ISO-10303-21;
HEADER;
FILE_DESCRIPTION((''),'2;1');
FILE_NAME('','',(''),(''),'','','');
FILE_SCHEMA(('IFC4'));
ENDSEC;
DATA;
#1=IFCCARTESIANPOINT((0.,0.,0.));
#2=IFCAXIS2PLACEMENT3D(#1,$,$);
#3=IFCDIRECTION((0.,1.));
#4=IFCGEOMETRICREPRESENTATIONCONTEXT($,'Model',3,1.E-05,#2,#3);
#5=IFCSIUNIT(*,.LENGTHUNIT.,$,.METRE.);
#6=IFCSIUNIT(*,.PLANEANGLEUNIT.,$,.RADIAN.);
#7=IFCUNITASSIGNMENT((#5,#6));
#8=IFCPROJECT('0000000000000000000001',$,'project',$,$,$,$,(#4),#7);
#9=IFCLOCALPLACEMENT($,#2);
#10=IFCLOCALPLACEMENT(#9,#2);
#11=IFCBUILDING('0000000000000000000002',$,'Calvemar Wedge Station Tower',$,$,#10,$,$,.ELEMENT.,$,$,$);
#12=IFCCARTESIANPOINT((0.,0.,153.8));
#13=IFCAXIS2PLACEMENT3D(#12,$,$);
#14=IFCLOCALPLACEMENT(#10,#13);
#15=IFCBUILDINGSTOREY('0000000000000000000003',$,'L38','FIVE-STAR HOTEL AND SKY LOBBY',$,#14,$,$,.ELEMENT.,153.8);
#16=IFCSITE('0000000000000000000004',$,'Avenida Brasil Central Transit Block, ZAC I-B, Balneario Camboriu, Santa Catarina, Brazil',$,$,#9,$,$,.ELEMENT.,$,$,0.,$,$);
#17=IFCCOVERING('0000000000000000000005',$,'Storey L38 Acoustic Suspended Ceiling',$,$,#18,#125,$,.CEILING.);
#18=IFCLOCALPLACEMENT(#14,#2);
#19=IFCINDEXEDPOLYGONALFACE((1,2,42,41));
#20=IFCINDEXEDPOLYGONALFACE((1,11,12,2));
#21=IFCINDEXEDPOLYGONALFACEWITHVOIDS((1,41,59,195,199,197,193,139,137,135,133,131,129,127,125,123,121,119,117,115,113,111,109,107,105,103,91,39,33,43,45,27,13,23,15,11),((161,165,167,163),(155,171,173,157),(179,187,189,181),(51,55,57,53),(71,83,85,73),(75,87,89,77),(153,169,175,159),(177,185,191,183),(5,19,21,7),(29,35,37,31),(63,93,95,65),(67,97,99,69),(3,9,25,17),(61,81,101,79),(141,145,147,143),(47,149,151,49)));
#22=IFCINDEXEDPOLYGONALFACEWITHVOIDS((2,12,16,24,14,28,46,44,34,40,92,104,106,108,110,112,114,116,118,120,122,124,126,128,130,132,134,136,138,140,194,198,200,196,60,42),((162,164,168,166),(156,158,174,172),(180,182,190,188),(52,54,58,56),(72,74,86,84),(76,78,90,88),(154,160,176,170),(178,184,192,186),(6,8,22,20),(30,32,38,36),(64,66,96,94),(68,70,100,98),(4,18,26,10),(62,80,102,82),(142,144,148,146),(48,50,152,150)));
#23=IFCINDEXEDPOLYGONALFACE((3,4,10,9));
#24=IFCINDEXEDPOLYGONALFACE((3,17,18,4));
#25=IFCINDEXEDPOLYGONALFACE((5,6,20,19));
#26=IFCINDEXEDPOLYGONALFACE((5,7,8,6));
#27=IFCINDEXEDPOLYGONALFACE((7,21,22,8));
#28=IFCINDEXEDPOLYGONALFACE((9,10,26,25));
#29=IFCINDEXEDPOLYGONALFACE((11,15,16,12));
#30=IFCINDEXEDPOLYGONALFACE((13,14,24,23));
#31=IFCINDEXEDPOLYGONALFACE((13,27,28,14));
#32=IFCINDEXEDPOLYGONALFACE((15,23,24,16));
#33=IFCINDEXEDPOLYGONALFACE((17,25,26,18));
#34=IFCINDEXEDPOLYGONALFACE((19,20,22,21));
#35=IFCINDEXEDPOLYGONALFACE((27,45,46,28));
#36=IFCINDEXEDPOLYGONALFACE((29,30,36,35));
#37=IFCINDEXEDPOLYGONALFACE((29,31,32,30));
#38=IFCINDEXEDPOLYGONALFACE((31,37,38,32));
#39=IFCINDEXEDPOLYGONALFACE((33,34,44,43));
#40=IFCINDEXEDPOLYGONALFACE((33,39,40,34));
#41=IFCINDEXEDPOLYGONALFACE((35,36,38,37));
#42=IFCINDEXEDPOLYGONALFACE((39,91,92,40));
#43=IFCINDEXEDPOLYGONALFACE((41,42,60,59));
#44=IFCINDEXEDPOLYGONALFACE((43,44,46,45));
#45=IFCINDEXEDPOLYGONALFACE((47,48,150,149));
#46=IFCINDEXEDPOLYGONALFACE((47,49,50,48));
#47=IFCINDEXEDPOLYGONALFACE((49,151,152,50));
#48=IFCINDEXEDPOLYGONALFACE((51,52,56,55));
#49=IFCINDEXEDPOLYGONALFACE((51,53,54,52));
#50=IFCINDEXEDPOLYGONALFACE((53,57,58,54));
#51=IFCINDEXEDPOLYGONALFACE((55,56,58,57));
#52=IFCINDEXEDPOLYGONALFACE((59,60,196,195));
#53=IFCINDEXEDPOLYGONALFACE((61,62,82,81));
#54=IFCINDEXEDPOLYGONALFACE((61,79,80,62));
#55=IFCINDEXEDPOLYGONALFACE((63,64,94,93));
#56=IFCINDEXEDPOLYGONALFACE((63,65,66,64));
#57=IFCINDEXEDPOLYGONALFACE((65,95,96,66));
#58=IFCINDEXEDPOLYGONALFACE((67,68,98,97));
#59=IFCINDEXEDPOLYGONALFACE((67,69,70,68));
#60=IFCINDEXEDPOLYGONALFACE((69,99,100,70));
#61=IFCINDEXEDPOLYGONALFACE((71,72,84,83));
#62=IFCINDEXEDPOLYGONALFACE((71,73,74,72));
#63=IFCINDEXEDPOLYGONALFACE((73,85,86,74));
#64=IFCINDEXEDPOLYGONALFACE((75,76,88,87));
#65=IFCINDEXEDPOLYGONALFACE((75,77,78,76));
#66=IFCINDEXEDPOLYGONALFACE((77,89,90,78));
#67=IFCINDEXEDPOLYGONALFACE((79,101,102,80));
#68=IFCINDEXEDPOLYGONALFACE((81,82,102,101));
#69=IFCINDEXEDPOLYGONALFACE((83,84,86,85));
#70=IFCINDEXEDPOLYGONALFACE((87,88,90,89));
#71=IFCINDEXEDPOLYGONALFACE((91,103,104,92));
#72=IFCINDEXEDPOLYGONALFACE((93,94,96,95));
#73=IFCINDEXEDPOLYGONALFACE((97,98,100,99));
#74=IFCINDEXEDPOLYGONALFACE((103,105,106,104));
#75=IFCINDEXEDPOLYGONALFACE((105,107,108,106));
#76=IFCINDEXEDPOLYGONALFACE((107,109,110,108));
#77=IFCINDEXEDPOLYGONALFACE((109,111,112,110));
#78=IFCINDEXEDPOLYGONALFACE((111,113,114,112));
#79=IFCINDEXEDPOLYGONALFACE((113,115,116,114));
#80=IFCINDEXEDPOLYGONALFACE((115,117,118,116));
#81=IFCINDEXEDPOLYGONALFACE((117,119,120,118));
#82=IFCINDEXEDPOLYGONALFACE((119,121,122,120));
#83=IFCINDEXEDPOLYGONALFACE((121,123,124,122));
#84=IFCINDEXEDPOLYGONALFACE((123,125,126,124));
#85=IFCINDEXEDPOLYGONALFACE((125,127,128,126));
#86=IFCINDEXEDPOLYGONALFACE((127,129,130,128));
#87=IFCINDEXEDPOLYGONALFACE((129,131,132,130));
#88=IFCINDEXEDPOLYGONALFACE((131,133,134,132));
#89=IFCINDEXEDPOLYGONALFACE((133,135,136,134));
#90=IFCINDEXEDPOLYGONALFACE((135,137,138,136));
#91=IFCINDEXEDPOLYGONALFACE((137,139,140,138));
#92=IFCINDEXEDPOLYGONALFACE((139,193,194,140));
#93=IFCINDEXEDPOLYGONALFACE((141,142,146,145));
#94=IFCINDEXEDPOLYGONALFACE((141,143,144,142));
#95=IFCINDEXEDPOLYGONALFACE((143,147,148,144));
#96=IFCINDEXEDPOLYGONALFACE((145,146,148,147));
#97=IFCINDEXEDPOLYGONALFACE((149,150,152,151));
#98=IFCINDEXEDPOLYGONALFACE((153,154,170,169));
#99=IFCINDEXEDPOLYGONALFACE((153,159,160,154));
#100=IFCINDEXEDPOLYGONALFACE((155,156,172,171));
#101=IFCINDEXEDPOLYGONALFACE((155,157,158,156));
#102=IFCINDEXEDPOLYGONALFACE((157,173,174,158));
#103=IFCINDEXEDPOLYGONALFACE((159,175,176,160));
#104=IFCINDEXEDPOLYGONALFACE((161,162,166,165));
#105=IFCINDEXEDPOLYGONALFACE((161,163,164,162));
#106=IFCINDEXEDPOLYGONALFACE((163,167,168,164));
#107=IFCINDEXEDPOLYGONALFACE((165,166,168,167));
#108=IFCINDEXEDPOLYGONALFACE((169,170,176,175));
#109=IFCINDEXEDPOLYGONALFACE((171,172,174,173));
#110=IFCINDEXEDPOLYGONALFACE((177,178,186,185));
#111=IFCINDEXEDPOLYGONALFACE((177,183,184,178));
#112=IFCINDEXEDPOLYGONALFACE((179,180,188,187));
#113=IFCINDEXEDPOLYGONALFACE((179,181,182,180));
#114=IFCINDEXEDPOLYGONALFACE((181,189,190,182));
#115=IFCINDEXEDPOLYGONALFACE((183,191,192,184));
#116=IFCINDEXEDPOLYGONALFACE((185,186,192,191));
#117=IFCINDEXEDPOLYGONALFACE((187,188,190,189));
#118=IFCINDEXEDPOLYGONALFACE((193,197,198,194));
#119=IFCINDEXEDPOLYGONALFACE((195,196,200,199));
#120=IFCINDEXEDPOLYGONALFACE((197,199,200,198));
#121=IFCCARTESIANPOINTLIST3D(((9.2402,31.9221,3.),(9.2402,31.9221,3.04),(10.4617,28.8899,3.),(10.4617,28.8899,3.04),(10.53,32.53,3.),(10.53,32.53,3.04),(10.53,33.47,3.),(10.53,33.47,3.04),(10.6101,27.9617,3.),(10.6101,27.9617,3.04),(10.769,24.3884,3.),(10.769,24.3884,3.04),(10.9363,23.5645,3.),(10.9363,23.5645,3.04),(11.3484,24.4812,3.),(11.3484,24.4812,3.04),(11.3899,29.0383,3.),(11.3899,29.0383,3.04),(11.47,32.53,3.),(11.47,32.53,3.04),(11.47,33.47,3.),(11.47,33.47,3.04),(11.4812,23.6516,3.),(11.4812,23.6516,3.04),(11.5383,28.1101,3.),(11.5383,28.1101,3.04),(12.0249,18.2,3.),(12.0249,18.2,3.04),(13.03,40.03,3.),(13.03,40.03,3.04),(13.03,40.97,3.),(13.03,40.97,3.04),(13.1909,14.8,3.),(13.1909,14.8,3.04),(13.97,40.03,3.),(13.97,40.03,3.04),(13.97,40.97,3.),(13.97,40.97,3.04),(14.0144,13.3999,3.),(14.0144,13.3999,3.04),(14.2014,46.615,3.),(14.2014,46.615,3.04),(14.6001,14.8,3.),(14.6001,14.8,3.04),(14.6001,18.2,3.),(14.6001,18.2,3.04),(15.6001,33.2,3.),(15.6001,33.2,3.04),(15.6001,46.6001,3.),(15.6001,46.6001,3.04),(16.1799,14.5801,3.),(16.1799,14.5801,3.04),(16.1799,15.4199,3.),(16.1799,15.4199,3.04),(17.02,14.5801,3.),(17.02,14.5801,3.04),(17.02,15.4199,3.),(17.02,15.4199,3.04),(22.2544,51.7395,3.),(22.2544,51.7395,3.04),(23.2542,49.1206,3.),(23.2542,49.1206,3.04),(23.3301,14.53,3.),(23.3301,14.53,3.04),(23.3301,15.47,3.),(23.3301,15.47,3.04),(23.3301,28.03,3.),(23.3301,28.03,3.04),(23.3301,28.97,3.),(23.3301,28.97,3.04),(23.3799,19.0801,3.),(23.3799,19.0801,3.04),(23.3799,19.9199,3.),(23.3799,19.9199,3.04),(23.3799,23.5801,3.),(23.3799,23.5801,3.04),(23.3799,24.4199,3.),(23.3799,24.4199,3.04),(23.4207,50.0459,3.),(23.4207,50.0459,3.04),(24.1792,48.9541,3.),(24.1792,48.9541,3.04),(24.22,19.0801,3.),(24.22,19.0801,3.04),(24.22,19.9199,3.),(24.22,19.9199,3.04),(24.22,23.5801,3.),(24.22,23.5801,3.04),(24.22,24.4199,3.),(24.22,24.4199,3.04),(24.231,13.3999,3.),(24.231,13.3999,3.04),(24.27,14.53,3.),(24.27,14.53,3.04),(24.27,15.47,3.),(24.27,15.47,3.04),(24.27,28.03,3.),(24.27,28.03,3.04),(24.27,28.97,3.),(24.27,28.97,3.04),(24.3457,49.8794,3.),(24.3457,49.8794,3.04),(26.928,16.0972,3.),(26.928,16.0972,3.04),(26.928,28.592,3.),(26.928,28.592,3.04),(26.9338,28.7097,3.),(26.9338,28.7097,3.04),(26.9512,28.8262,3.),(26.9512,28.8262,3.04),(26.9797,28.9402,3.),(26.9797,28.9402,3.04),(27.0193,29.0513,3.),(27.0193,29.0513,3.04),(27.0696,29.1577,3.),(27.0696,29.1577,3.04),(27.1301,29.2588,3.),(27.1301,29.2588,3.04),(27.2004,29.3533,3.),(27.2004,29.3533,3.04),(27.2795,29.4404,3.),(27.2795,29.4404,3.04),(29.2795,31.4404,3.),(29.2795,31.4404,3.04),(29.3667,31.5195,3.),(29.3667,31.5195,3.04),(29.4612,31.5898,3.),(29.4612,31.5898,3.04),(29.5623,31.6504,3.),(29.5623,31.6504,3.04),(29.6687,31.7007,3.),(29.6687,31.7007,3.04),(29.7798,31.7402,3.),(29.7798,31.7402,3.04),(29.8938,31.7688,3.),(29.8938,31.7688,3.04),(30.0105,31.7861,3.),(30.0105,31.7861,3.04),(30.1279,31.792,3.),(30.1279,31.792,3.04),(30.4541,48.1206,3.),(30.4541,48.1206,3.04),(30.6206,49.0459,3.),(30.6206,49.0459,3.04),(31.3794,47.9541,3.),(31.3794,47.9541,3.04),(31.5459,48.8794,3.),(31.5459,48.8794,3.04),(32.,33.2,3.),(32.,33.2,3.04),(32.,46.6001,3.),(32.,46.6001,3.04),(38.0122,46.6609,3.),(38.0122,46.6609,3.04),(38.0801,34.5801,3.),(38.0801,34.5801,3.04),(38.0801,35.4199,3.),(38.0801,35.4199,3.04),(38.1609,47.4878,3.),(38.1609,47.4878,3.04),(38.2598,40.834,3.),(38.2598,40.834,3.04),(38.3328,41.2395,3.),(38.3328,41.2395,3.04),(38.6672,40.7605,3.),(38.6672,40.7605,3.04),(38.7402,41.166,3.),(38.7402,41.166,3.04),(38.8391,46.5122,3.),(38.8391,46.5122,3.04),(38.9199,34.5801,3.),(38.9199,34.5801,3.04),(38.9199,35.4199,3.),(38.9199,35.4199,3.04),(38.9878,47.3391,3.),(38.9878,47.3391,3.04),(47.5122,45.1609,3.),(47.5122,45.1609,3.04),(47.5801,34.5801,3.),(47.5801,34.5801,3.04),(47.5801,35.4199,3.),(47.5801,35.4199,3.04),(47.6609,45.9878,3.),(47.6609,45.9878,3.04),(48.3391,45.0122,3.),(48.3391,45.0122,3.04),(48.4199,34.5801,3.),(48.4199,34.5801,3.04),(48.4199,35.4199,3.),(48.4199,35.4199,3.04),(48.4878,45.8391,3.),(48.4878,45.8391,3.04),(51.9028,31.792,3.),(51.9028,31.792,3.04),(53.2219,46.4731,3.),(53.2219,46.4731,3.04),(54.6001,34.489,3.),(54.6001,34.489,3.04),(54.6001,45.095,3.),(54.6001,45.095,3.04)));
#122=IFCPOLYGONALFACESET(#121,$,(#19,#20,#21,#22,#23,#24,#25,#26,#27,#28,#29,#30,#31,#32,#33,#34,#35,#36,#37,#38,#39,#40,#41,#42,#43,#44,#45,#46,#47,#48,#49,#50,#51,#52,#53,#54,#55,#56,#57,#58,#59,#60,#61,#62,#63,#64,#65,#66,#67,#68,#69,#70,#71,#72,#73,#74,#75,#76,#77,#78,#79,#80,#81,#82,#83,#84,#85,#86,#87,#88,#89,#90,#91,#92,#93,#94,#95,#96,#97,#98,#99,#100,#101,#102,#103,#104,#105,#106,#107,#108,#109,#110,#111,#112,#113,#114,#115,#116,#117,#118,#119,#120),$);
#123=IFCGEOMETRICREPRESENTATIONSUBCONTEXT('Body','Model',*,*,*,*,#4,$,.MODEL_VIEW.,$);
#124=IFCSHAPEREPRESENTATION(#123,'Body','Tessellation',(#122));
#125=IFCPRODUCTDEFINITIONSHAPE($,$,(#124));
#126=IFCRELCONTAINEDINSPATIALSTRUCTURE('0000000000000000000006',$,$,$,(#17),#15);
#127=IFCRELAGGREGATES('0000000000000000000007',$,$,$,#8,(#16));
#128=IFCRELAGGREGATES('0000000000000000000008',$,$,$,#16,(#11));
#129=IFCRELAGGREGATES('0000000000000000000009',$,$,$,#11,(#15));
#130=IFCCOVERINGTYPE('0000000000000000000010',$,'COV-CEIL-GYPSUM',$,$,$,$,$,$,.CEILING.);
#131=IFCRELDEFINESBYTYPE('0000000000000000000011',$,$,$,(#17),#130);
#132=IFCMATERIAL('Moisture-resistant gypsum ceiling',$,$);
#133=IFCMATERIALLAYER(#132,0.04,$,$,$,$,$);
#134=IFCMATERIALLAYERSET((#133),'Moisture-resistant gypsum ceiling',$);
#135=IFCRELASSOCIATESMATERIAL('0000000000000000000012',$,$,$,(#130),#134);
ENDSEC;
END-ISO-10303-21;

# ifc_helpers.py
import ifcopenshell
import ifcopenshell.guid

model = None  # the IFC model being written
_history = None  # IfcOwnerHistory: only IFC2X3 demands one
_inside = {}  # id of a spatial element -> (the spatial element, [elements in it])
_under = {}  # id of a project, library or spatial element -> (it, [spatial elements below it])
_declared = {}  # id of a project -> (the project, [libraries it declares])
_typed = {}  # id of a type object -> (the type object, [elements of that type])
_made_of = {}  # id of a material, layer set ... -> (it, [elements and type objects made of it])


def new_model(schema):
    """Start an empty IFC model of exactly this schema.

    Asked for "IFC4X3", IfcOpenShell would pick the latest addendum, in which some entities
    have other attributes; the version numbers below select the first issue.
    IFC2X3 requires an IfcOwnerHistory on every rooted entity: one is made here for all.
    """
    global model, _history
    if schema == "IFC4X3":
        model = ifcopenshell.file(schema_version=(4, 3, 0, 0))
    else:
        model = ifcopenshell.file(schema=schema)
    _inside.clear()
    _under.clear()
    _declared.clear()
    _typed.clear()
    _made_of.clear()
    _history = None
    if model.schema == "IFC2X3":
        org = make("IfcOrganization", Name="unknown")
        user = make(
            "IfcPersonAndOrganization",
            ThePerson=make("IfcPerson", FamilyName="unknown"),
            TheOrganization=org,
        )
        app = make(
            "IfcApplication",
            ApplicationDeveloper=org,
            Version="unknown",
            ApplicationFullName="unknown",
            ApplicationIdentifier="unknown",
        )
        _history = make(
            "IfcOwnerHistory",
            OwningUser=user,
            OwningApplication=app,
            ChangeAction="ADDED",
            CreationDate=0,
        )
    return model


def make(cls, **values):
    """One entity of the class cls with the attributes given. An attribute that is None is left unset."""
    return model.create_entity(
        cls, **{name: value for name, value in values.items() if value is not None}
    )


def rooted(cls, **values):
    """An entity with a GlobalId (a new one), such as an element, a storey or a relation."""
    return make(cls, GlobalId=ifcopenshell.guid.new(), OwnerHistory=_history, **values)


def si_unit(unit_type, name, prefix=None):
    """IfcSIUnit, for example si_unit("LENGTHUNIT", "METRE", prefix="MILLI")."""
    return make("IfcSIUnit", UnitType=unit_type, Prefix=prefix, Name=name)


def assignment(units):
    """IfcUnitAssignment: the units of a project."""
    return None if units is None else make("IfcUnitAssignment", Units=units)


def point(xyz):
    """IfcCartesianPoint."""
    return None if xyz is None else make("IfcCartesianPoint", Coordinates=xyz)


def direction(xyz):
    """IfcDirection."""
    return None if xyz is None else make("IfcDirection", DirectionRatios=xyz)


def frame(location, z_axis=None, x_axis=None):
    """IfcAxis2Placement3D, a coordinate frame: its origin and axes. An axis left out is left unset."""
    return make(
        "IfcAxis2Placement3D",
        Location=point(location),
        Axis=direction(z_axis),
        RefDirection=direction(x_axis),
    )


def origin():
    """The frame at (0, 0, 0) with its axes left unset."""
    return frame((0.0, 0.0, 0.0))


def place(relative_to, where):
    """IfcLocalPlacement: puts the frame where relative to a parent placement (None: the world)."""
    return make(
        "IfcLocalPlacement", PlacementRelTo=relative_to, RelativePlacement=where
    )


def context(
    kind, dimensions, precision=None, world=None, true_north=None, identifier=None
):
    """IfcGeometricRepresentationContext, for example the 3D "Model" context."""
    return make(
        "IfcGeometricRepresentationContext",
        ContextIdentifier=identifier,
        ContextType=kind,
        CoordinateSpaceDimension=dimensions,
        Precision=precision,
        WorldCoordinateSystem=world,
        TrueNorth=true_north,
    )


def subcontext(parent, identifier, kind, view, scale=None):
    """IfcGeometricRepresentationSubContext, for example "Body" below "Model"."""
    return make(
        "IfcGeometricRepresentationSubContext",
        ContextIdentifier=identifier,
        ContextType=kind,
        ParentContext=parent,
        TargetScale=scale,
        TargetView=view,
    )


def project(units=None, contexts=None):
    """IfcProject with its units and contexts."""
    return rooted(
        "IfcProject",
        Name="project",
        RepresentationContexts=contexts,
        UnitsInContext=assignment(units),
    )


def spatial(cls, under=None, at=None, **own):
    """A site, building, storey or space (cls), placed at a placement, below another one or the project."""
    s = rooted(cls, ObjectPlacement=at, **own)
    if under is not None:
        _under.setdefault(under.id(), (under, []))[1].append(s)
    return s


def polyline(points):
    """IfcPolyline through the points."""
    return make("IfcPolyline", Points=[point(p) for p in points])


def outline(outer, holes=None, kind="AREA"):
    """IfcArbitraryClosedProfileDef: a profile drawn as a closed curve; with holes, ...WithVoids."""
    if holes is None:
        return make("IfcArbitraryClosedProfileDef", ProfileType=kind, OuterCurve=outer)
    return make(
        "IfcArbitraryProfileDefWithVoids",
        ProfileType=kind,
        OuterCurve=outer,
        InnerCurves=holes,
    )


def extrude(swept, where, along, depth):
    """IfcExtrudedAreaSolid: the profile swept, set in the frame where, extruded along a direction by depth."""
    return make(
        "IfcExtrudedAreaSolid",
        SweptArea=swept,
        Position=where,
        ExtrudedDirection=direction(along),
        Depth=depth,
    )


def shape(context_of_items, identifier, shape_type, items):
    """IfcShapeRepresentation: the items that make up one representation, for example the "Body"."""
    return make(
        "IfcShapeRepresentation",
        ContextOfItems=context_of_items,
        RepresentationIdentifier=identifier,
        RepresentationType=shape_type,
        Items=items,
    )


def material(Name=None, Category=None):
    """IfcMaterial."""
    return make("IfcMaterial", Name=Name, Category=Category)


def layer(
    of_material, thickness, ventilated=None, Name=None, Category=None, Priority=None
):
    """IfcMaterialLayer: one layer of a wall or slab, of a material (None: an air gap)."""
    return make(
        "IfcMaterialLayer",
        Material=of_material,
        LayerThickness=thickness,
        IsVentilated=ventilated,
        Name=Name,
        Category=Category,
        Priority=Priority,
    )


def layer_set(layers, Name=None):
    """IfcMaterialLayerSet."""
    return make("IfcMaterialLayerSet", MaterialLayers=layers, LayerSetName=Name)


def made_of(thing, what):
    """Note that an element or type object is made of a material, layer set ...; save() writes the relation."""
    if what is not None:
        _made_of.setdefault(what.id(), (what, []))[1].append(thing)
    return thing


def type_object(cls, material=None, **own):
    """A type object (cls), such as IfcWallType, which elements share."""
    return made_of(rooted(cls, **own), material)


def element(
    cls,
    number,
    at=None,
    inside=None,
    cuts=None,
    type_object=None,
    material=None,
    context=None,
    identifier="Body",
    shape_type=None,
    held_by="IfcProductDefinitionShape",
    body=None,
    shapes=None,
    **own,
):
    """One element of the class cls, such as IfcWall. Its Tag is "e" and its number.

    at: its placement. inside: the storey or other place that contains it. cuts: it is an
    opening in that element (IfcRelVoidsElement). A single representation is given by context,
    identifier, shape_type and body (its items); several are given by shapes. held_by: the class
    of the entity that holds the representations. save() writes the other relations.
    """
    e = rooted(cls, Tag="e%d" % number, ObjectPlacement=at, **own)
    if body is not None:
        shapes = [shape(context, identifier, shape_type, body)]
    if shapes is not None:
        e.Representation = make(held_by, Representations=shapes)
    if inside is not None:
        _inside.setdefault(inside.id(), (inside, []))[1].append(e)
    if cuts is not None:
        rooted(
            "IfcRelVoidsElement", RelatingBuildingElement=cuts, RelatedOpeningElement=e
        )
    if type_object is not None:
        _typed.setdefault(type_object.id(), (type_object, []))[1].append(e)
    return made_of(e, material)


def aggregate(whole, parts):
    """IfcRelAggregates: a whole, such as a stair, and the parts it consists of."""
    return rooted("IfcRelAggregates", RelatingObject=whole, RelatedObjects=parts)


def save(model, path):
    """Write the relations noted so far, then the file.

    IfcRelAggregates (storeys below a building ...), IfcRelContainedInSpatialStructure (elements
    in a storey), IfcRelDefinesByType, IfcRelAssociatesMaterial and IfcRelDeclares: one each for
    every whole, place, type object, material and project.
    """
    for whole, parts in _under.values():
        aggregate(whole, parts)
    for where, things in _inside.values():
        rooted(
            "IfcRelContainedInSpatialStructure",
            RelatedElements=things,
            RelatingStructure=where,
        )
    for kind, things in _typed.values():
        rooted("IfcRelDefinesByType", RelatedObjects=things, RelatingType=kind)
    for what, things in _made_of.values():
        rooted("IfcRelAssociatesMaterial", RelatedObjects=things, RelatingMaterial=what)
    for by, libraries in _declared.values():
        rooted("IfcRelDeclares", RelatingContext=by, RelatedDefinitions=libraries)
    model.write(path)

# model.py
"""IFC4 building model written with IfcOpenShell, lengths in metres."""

from ifc_helpers import new_model, si_unit, direction, frame, origin, place, context, subcontext, project, spatial, polyline, outline, extrude, material, layer, layer_set, type_object, element, save


model = new_model("IFC4")

# Units and contexts
model_context = context("Model", 3, precision=1e-05, world=origin(), true_north=direction((0.0, 1.0)))
body_context = subcontext(model_context, "Body", "Model", "MODEL_VIEW")
ifc_project = project(units=[si_unit("LENGTHUNIT", "METRE"), si_unit("PLANEANGLEUNIT", "RADIAN")], contexts=[model_context])

# Site, building, storey
site_placement = place(None, origin())
site = spatial("IfcSite", under=ifc_project, at=site_placement, Name="Avenida Brasil Central Transit Block, ZAC I-B, Balneario Camboriu, Santa Catarina, Brazil", CompositionType="ELEMENT", RefElevation=0.0)
building_placement = place(site_placement, origin())
building = spatial("IfcBuilding", under=site, at=building_placement, Name="Calvemar Wedge Station Tower", CompositionType="ELEMENT")
storey_placement = place(building_placement, frame((0.0, 0.0, 153.8)))
storey = spatial("IfcBuildingStorey", under=building, at=storey_placement, Name="L38", Description="FIVE-STAR HOTEL AND SKY LOBBY", CompositionType="ELEMENT", Elevation=153.8)

# Covering
ifc_material_1 = material(Name="Moisture-resistant gypsum ceiling")
ifc_layer_1 = layer(ifc_material_1, 0.04)
ifc_layer_set_1 = layer_set([ifc_layer_1], Name="Moisture-resistant gypsum ceiling")
covering_type_1 = type_object("IfcCoveringType", Name="COV-CEIL-GYPSUM", PredefinedType="CEILING", material=ifc_layer_set_1)
covering_1_placement = place(storey_placement, frame((0.0, 0.0, 3.0)))
element("IfcCovering", 1, at=covering_1_placement, inside=storey, type_object=covering_type_1, Name="Storey L38 Acoustic Suspended Ceiling", PredefinedType="CEILING", context=body_context, shape_type="SweptSolid", body=[
    extrude(outline(polyline([(27.2795, 29.4404), (29.2795, 31.4404), (29.3667, 31.5195), (29.4612, 31.5898), (29.5623, 31.6504), (29.6687, 31.7007), (29.7798, 31.7402), (29.8938, 31.7688), (30.0105, 31.7861), (30.1279, 31.792), (51.9028, 31.792), (54.6001, 34.489), (54.6001, 45.095), (53.2219, 46.4731), (22.2544, 51.7395), (14.2014, 46.615), (9.2402, 31.9221), (10.769, 24.3884), (11.3484, 24.4812), (11.4812, 23.6516), (10.9363, 23.5645), (12.0249, 18.2), (14.6001, 18.2), (14.6001, 14.8), (13.1909, 14.8), (14.0144, 13.3999), (24.231, 13.3999), (26.928, 16.0972), (26.928, 28.592), (26.9338, 28.7097), (26.9512, 28.8262), (26.9797, 28.9402), (27.0193, 29.0513), (27.0696, 29.1577), (27.1301, 29.2588), (27.2004, 29.3533), (27.2795, 29.4404)]), holes=[polyline([(15.6001, 46.6001), (32.0, 46.6001), (32.0, 33.2), (15.6001, 33.2), (15.6001, 46.6001)]), polyline([(10.53, 32.53), (10.53, 33.47), (11.47, 33.47), (11.47, 32.53), (10.53, 32.53)]), polyline([(13.03, 40.97), (13.97, 40.97), (13.97, 40.03), (13.03, 40.03), (13.03, 40.97)]), polyline([(24.3457, 49.8794), (24.1792, 48.9541), (23.2542, 49.1206), (23.4207, 50.0459), (24.3457, 49.8794)]), polyline([(31.3794, 47.9541), (30.4541, 48.1206), (30.6206, 49.0459), (31.5459, 48.8794), (31.3794, 47.9541)]), polyline([(38.0122, 46.6609), (38.1609, 47.4878), (38.9878, 47.3391), (38.8391, 46.5122), (38.0122, 46.6609)]), polyline([(47.6609, 45.9878), (48.4878, 45.8391), (48.3391, 45.0122), (47.5122, 45.1609), (47.6609, 45.9878)]), polyline([(38.9199, 35.4199), (38.9199, 34.5801), (38.0801, 34.5801), (38.0801, 35.4199), (38.9199, 35.4199)]), polyline([(48.4199, 34.5801), (47.5801, 34.5801), (47.5801, 35.4199), (48.4199, 35.4199), (48.4199, 34.5801)]), polyline([(38.2598, 40.834), (38.3328, 41.2395), (38.7402, 41.166), (38.6672, 40.7605), (38.2598, 40.834)]), polyline([(11.3899, 29.0383), (11.5383, 28.1101), (10.6101, 27.9617), (10.4617, 28.8899), (11.3899, 29.0383)]), polyline([(24.27, 28.03), (23.3301, 28.03), (23.3301, 28.97), (24.27, 28.97), (24.27, 28.03)]), polyline([(23.3799, 23.5801), (23.3799, 24.4199), (24.22, 24.4199), (24.22, 23.5801), (23.3799, 23.5801)]), polyline([(23.3799, 19.9199), (24.22, 19.9199), (24.22, 19.0801), (23.3799, 19.0801), (23.3799, 19.9199)]), polyline([(24.27, 15.47), (24.27, 14.53), (23.3301, 14.53), (23.3301, 15.47), (24.27, 15.47)]), polyline([(17.02, 14.5801), (16.1799, 14.5801), (16.1799, 15.4199), (17.02, 15.4199), (17.02, 14.5801)])]), origin(), (0.0, 0.0, 1.0), 0.04),
])

save(model, "model.ifc")
